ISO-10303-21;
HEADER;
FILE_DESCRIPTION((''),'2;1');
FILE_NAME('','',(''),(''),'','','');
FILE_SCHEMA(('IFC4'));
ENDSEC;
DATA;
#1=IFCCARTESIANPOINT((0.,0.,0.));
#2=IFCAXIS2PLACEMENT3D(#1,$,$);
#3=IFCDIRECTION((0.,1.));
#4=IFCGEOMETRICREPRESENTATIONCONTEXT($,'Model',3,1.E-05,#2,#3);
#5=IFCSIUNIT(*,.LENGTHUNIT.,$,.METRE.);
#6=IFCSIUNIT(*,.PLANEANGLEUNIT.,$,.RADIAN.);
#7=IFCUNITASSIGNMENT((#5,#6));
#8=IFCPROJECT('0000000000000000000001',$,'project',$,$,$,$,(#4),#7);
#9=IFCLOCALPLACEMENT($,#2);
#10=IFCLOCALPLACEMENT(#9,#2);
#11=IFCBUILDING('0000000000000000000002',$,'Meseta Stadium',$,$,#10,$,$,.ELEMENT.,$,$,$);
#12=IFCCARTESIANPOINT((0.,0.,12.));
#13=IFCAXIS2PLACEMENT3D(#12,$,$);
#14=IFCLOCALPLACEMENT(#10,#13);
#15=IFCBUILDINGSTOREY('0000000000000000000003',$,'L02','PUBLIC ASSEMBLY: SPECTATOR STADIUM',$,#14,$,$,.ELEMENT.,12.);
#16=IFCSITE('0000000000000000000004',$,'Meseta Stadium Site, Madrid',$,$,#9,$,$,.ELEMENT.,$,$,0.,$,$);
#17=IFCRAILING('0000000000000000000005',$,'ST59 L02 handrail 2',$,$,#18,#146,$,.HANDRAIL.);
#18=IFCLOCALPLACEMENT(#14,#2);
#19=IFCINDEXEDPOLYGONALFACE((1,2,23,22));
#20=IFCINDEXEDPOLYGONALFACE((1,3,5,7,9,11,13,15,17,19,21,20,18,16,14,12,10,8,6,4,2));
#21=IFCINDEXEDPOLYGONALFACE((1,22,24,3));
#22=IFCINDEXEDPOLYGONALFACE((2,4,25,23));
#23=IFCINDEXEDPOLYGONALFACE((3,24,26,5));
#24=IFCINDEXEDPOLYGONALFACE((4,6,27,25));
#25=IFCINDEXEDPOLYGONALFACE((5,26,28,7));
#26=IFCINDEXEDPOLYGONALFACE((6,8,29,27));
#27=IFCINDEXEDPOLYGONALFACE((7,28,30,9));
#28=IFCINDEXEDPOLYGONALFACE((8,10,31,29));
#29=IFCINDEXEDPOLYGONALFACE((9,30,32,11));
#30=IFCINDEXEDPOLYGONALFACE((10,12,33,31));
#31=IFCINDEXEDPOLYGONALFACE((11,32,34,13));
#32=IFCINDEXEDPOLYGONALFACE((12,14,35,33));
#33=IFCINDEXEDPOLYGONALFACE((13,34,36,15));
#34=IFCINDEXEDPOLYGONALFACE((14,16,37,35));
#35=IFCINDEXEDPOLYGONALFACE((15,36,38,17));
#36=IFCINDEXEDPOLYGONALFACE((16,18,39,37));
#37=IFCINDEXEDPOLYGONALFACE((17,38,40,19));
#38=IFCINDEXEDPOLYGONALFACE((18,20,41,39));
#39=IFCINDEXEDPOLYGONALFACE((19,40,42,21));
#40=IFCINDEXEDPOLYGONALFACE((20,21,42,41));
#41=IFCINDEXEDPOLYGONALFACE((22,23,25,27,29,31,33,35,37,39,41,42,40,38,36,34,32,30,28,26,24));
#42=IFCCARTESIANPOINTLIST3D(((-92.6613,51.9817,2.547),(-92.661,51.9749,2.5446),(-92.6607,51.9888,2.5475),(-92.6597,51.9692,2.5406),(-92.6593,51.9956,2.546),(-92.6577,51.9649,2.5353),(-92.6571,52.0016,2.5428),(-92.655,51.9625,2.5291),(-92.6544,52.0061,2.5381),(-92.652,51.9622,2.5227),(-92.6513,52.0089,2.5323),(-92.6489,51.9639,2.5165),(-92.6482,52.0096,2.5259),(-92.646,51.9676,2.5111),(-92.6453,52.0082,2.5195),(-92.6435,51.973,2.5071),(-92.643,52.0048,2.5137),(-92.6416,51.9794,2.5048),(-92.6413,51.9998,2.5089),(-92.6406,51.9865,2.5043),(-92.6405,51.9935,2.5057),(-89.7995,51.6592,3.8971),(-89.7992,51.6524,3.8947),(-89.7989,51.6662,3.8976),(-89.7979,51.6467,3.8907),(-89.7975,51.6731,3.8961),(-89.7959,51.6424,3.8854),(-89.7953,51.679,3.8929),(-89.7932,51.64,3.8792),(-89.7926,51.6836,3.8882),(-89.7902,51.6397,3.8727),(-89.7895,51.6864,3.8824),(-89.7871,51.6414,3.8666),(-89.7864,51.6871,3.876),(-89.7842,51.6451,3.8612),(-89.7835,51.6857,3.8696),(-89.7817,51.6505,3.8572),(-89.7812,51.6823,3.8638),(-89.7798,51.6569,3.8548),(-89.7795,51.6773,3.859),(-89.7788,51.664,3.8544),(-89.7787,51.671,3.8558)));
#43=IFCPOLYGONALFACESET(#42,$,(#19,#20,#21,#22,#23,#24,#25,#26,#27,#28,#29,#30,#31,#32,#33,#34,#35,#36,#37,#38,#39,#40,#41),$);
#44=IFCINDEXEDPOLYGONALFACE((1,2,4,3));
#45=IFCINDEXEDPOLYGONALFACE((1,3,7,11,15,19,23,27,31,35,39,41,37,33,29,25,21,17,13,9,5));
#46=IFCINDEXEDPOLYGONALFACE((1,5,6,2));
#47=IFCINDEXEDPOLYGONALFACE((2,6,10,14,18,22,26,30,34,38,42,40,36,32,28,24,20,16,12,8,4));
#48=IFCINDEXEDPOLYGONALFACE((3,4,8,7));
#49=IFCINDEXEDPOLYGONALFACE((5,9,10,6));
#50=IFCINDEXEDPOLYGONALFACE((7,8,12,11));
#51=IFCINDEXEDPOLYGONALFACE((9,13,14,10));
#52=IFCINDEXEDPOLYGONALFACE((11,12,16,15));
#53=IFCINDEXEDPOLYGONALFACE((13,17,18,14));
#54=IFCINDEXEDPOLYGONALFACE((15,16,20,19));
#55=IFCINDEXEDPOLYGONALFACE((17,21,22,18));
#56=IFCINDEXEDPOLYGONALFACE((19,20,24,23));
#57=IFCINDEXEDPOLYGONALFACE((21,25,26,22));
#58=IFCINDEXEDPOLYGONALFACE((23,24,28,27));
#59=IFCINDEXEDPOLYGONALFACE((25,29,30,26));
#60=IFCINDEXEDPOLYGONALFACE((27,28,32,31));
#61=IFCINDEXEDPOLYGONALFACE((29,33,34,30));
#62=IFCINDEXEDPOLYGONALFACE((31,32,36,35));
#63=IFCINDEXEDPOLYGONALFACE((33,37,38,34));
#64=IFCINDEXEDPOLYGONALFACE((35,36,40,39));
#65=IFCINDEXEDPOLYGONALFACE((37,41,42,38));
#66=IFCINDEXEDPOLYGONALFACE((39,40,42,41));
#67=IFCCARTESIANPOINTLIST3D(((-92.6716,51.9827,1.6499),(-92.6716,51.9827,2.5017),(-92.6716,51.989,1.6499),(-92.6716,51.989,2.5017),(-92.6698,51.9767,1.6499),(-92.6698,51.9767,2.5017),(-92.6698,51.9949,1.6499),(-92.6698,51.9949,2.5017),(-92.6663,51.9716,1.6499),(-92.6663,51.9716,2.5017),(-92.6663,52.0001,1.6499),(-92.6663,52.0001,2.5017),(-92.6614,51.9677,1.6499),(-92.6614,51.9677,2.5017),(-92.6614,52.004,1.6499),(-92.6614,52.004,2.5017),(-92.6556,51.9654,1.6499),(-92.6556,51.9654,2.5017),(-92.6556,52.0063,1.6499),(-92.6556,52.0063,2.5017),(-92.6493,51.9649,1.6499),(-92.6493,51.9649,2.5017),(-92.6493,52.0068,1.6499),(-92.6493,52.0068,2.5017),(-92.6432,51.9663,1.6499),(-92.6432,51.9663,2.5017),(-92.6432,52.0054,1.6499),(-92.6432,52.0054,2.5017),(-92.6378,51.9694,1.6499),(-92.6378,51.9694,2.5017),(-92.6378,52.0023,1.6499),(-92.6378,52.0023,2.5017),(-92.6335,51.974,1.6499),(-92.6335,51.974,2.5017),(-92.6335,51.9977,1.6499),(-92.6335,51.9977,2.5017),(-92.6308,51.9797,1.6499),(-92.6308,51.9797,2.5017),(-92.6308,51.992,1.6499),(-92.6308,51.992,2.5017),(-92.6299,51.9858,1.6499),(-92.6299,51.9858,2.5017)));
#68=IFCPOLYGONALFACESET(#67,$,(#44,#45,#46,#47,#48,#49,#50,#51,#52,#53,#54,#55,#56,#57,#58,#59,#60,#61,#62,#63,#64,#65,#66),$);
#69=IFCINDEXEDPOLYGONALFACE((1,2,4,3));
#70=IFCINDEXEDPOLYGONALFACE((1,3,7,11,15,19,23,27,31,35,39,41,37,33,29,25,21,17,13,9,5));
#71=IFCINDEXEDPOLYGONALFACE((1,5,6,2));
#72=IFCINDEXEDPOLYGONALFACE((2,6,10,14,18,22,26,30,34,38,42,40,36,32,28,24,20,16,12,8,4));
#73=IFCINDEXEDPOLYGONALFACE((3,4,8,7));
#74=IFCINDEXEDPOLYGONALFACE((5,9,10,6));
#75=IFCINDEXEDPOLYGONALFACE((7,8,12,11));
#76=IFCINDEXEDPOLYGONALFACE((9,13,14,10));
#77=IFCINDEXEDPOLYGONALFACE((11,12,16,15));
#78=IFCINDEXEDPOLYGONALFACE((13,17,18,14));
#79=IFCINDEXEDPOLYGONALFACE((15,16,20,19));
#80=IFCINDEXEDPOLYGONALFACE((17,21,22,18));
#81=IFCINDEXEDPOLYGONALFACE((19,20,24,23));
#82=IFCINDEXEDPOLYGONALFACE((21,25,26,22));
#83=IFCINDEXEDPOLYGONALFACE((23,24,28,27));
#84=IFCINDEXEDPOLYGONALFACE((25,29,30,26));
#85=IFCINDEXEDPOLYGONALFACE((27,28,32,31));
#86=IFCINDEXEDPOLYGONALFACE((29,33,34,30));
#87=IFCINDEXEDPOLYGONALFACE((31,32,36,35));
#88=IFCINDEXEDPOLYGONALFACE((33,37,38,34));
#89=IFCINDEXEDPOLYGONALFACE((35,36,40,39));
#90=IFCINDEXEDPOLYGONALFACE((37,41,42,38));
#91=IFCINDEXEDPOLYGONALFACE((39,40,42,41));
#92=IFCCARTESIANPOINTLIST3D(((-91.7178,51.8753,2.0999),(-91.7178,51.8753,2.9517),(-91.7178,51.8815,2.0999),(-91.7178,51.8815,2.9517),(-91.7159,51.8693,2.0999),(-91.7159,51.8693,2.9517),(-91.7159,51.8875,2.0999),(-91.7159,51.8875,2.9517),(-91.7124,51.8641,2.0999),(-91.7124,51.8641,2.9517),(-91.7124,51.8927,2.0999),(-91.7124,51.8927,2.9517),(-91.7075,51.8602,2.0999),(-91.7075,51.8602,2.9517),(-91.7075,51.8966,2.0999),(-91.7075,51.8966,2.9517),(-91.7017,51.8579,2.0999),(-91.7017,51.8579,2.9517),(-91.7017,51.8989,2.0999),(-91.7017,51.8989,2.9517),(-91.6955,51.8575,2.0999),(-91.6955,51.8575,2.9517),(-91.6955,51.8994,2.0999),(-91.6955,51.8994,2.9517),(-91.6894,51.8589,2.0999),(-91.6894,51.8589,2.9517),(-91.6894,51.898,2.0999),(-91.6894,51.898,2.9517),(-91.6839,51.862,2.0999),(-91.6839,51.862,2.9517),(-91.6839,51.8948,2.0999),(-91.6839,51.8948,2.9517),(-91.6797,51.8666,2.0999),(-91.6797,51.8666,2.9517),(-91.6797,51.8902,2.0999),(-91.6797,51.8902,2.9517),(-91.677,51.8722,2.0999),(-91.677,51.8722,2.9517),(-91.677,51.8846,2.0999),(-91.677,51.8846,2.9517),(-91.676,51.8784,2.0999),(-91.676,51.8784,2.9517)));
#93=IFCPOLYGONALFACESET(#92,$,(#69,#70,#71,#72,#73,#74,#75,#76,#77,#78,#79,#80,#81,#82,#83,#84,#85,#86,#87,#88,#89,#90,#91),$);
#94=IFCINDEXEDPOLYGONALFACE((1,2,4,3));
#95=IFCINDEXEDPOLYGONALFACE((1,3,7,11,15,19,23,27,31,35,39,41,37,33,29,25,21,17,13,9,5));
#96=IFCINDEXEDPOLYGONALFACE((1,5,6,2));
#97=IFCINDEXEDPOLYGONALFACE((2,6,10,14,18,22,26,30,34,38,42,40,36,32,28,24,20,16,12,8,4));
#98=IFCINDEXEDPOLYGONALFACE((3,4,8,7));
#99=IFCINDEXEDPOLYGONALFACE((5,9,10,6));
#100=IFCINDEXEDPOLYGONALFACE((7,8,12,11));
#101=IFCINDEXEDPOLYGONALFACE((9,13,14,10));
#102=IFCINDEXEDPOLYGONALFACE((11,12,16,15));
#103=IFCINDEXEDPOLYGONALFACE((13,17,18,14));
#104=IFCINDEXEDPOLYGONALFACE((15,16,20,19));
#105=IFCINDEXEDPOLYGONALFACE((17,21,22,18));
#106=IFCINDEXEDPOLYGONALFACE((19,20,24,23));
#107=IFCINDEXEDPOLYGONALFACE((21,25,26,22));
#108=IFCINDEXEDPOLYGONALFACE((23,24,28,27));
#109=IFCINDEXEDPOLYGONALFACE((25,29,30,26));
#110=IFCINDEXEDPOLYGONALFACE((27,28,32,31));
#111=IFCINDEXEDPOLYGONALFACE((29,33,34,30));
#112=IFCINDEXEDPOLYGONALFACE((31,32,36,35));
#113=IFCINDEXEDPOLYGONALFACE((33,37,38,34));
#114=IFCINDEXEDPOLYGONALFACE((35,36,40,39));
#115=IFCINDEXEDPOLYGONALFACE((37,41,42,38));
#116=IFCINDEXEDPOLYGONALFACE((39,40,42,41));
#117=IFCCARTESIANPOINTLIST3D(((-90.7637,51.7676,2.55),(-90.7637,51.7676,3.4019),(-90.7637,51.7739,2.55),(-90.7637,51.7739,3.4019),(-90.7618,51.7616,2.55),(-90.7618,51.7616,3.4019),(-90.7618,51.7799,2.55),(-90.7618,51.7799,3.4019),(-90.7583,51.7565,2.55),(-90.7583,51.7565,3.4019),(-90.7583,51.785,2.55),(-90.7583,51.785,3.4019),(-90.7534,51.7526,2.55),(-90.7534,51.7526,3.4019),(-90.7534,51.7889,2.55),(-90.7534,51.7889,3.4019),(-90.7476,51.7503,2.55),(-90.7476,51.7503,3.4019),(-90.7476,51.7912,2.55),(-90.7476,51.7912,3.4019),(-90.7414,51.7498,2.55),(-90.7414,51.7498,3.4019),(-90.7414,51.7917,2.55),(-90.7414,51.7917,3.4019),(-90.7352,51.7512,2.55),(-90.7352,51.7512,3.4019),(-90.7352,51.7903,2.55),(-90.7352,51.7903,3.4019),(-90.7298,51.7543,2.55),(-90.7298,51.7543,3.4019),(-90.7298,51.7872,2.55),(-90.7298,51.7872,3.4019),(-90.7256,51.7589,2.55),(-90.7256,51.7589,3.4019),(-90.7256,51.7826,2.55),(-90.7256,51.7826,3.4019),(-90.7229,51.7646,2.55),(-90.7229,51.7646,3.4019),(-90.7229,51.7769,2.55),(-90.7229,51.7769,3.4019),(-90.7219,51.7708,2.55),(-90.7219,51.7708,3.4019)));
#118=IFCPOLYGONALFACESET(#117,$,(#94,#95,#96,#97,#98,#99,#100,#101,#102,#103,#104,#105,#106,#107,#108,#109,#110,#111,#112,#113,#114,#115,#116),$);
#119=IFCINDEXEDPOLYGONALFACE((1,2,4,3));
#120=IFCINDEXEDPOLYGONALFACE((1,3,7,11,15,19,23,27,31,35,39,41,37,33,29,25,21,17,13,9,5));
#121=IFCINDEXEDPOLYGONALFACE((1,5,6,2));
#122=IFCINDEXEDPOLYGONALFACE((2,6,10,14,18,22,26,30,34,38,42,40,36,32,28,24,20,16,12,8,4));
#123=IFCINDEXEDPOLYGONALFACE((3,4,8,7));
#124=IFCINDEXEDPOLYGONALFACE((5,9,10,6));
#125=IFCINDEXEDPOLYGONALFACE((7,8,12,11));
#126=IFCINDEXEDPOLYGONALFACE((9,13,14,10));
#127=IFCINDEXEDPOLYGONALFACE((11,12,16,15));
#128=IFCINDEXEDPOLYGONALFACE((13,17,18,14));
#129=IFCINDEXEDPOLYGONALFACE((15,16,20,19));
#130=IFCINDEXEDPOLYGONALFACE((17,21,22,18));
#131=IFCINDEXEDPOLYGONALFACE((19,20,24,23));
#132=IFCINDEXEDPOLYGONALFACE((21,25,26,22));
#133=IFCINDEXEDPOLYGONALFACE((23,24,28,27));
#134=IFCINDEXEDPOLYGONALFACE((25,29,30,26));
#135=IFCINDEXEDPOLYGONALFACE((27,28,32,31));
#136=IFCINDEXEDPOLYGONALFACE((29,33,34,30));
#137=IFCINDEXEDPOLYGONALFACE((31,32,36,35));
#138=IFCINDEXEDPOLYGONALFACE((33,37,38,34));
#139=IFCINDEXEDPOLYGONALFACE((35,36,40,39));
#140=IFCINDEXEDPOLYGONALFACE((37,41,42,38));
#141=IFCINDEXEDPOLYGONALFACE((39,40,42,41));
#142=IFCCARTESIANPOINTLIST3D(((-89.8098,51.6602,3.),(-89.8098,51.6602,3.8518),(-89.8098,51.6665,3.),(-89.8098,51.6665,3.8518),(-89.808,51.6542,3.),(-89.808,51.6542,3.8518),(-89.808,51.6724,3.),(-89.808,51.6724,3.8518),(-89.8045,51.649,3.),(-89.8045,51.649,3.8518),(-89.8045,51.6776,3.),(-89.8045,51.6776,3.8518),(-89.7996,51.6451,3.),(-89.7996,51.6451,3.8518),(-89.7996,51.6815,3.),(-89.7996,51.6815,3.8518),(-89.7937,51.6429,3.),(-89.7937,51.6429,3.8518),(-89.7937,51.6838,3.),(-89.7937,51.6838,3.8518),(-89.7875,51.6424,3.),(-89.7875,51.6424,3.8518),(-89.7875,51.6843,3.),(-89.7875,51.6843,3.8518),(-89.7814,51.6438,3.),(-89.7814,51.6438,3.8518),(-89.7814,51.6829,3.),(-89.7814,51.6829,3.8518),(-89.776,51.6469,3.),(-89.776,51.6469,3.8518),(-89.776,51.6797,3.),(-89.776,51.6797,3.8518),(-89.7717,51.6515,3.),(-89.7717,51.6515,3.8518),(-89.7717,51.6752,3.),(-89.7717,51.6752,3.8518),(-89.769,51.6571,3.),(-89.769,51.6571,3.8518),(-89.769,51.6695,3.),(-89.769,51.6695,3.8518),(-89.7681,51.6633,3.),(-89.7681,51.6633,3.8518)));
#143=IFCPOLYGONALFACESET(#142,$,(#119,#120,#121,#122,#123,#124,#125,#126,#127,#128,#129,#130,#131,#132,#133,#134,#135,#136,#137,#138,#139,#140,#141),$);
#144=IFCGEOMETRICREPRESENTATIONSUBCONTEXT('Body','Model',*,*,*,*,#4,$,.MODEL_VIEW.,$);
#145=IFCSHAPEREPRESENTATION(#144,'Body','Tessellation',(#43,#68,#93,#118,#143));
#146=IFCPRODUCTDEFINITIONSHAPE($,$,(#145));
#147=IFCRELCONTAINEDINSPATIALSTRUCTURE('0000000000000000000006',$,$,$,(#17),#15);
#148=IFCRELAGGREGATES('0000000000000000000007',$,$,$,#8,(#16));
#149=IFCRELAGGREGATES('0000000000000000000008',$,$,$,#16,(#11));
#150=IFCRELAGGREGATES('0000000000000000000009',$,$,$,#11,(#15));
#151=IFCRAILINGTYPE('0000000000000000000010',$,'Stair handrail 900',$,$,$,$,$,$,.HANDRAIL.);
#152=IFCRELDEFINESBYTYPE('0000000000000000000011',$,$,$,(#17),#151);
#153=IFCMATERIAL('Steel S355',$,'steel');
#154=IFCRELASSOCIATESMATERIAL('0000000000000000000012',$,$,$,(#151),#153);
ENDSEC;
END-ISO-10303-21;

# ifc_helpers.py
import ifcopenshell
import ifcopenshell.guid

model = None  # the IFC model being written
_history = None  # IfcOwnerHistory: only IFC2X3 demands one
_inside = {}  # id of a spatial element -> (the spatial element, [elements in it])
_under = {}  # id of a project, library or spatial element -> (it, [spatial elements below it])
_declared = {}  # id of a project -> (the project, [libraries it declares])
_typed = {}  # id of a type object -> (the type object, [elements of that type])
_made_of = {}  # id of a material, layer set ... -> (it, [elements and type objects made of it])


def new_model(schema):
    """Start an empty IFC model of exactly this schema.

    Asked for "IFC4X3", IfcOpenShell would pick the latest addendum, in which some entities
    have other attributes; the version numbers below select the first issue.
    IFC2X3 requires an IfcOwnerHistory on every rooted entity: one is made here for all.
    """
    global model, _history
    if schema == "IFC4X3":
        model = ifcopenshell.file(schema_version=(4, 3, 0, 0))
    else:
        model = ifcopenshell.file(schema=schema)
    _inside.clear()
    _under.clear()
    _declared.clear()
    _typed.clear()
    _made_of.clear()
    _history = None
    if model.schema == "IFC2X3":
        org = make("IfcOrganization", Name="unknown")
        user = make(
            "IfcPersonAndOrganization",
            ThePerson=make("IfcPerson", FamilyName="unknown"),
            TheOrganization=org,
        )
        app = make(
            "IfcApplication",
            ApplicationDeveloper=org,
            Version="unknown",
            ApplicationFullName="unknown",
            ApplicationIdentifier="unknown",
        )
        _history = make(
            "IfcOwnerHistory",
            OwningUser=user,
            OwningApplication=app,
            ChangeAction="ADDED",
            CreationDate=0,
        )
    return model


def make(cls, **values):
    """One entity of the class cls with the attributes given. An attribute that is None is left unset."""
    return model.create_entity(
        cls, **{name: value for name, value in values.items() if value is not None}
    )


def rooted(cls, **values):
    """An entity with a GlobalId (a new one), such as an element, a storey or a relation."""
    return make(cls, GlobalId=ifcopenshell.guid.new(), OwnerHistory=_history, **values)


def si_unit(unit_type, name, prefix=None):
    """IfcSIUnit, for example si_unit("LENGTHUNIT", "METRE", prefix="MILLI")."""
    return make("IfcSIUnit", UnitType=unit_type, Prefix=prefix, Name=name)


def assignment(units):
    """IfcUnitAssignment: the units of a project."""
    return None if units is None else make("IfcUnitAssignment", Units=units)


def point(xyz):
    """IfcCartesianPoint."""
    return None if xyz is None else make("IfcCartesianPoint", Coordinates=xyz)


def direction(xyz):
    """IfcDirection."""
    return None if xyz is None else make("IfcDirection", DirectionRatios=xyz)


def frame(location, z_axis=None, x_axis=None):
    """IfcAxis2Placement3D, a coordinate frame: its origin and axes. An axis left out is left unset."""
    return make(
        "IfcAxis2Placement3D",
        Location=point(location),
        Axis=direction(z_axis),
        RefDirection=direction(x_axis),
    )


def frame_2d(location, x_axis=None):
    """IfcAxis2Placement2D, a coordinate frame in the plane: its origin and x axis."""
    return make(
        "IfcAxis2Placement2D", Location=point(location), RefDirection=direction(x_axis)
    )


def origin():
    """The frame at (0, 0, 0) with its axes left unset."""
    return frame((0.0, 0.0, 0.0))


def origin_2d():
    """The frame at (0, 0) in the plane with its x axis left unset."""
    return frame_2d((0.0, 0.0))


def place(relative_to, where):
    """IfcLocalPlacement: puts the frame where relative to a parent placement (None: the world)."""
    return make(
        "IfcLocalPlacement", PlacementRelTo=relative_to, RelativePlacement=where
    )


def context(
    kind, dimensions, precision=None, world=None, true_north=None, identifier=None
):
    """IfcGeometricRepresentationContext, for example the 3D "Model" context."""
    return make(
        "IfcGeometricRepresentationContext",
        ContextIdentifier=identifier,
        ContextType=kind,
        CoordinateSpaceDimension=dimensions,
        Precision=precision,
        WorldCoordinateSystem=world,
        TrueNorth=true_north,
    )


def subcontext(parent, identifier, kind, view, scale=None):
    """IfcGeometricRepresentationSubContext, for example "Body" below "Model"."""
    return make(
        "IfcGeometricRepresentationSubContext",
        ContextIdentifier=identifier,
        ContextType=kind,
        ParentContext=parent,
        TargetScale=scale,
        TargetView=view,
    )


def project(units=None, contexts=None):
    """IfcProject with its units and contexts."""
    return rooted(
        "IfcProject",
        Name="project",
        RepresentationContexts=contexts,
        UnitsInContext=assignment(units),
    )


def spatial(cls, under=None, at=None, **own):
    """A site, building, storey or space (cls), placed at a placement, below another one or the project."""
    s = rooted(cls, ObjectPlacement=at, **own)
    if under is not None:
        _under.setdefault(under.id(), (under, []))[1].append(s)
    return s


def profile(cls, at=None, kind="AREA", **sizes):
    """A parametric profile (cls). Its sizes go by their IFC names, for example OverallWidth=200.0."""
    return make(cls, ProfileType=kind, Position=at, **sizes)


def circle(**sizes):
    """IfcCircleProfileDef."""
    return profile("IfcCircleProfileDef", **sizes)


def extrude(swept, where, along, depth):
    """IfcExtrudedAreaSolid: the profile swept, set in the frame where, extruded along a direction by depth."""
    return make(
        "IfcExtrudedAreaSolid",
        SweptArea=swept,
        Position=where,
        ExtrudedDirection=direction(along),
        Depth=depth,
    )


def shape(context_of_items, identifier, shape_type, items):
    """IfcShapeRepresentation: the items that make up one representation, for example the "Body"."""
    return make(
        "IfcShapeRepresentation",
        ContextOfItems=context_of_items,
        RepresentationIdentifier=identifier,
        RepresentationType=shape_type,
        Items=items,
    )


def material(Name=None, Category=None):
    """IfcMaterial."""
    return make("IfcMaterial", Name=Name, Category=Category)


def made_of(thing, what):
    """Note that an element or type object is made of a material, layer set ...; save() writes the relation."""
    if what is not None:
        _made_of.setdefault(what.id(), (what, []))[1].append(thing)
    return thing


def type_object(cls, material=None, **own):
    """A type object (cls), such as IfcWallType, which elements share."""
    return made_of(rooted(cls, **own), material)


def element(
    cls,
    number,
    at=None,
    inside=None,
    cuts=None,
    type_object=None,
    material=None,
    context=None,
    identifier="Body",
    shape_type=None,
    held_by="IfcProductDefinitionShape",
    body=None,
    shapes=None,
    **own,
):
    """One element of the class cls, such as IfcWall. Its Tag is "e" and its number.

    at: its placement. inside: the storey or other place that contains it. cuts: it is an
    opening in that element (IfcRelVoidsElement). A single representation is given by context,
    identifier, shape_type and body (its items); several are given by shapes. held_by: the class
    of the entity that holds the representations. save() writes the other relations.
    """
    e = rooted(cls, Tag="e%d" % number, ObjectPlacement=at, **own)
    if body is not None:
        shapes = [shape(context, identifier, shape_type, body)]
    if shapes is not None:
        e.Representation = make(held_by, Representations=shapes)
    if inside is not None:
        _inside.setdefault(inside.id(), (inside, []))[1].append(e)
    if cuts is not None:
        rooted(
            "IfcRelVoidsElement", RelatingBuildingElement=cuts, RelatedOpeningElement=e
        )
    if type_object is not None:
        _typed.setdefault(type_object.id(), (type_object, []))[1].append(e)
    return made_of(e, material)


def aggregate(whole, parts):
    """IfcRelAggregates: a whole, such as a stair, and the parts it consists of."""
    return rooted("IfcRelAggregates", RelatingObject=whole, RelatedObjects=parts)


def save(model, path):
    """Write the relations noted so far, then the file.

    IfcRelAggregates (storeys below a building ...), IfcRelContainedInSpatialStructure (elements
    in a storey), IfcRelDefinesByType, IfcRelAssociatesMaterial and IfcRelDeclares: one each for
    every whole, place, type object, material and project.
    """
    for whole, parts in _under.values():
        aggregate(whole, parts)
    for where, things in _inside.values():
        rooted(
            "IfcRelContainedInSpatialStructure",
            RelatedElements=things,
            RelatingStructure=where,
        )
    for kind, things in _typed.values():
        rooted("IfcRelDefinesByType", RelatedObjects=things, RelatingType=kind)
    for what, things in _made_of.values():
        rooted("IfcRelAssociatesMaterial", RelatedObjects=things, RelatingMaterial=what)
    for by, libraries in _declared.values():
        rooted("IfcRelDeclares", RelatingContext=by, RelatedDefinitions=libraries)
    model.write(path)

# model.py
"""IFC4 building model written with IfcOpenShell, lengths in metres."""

from ifc_helpers import new_model, si_unit, direction, frame, origin, origin_2d, place, context, subcontext, project, spatial, circle, extrude, material, type_object, element, save


model = new_model("IFC4")

# Units and contexts
model_context = context("Model", 3, precision=1e-05, world=origin(), true_north=direction((0.0, 1.0)))
body_context = subcontext(model_context, "Body", "Model", "MODEL_VIEW")
ifc_project = project(units=[si_unit("LENGTHUNIT", "METRE"), si_unit("PLANEANGLEUNIT", "RADIAN")], contexts=[model_context])

# Site, building, storey
site_placement = place(None, origin())
site = spatial("IfcSite", under=ifc_project, at=site_placement, Name="Meseta Stadium Site, Madrid", CompositionType="ELEMENT", RefElevation=0.0)
building_placement = place(site_placement, origin())
building = spatial("IfcBuilding", under=site, at=building_placement, Name="Meseta Stadium", CompositionType="ELEMENT")
storey_placement = place(building_placement, frame((0.0, 0.0, 12.0)))
storey = spatial("IfcBuildingStorey", under=building, at=storey_placement, Name="L02", Description="PUBLIC ASSEMBLY: SPECTATOR STADIUM", CompositionType="ELEMENT", Elevation=12.0)

# Railing
ifc_material_1 = material(Name="Steel S355", Category="steel")
railing_type_1 = type_object("IfcRailingType", Name="Stair handrail 900", PredefinedType="HANDRAIL", material=ifc_material_1)
for number, where, name in (
    (1, (-92.6509, 51.9858, 1.6499), "ST59 L02 handrail 2"),
):
    element("IfcRailing", number, at=place(storey_placement, frame(where)), inside=storey, type_object=railing_type_1, Name=name, PredefinedType="HANDRAIL", context=body_context, shape_type="SweptSolid", body=[
        extrude(circle(Radius=0.0239, at=origin_2d()), frame((0.0, 0.0, 0.876), z_axis=(0.899748, -0.101396, 0.424467), x_axis=(0.111985, 0.99371, 0.0)), (0.0, 0.0, 1.0), 3.1807),
        extrude(circle(Radius=0.021, at=origin_2d()), origin(), (0.0, 0.0, 1.0), 0.8518),
        extrude(circle(Radius=0.021, at=origin_2d()), frame((0.9539, -0.1074, 0.45)), (0.0, 0.0, 1.0), 0.8518),
        extrude(circle(Radius=0.021, at=origin_2d()), frame((1.908, -0.2151, 0.9001)), (0.0, 0.0, 1.0), 0.8518),
        extrude(circle(Radius=0.021, at=origin_2d()), frame((2.8618, -0.3225, 1.3501)), (0.0, 0.0, 1.0), 0.8518),
    ])

save(model, "model.ifc")
